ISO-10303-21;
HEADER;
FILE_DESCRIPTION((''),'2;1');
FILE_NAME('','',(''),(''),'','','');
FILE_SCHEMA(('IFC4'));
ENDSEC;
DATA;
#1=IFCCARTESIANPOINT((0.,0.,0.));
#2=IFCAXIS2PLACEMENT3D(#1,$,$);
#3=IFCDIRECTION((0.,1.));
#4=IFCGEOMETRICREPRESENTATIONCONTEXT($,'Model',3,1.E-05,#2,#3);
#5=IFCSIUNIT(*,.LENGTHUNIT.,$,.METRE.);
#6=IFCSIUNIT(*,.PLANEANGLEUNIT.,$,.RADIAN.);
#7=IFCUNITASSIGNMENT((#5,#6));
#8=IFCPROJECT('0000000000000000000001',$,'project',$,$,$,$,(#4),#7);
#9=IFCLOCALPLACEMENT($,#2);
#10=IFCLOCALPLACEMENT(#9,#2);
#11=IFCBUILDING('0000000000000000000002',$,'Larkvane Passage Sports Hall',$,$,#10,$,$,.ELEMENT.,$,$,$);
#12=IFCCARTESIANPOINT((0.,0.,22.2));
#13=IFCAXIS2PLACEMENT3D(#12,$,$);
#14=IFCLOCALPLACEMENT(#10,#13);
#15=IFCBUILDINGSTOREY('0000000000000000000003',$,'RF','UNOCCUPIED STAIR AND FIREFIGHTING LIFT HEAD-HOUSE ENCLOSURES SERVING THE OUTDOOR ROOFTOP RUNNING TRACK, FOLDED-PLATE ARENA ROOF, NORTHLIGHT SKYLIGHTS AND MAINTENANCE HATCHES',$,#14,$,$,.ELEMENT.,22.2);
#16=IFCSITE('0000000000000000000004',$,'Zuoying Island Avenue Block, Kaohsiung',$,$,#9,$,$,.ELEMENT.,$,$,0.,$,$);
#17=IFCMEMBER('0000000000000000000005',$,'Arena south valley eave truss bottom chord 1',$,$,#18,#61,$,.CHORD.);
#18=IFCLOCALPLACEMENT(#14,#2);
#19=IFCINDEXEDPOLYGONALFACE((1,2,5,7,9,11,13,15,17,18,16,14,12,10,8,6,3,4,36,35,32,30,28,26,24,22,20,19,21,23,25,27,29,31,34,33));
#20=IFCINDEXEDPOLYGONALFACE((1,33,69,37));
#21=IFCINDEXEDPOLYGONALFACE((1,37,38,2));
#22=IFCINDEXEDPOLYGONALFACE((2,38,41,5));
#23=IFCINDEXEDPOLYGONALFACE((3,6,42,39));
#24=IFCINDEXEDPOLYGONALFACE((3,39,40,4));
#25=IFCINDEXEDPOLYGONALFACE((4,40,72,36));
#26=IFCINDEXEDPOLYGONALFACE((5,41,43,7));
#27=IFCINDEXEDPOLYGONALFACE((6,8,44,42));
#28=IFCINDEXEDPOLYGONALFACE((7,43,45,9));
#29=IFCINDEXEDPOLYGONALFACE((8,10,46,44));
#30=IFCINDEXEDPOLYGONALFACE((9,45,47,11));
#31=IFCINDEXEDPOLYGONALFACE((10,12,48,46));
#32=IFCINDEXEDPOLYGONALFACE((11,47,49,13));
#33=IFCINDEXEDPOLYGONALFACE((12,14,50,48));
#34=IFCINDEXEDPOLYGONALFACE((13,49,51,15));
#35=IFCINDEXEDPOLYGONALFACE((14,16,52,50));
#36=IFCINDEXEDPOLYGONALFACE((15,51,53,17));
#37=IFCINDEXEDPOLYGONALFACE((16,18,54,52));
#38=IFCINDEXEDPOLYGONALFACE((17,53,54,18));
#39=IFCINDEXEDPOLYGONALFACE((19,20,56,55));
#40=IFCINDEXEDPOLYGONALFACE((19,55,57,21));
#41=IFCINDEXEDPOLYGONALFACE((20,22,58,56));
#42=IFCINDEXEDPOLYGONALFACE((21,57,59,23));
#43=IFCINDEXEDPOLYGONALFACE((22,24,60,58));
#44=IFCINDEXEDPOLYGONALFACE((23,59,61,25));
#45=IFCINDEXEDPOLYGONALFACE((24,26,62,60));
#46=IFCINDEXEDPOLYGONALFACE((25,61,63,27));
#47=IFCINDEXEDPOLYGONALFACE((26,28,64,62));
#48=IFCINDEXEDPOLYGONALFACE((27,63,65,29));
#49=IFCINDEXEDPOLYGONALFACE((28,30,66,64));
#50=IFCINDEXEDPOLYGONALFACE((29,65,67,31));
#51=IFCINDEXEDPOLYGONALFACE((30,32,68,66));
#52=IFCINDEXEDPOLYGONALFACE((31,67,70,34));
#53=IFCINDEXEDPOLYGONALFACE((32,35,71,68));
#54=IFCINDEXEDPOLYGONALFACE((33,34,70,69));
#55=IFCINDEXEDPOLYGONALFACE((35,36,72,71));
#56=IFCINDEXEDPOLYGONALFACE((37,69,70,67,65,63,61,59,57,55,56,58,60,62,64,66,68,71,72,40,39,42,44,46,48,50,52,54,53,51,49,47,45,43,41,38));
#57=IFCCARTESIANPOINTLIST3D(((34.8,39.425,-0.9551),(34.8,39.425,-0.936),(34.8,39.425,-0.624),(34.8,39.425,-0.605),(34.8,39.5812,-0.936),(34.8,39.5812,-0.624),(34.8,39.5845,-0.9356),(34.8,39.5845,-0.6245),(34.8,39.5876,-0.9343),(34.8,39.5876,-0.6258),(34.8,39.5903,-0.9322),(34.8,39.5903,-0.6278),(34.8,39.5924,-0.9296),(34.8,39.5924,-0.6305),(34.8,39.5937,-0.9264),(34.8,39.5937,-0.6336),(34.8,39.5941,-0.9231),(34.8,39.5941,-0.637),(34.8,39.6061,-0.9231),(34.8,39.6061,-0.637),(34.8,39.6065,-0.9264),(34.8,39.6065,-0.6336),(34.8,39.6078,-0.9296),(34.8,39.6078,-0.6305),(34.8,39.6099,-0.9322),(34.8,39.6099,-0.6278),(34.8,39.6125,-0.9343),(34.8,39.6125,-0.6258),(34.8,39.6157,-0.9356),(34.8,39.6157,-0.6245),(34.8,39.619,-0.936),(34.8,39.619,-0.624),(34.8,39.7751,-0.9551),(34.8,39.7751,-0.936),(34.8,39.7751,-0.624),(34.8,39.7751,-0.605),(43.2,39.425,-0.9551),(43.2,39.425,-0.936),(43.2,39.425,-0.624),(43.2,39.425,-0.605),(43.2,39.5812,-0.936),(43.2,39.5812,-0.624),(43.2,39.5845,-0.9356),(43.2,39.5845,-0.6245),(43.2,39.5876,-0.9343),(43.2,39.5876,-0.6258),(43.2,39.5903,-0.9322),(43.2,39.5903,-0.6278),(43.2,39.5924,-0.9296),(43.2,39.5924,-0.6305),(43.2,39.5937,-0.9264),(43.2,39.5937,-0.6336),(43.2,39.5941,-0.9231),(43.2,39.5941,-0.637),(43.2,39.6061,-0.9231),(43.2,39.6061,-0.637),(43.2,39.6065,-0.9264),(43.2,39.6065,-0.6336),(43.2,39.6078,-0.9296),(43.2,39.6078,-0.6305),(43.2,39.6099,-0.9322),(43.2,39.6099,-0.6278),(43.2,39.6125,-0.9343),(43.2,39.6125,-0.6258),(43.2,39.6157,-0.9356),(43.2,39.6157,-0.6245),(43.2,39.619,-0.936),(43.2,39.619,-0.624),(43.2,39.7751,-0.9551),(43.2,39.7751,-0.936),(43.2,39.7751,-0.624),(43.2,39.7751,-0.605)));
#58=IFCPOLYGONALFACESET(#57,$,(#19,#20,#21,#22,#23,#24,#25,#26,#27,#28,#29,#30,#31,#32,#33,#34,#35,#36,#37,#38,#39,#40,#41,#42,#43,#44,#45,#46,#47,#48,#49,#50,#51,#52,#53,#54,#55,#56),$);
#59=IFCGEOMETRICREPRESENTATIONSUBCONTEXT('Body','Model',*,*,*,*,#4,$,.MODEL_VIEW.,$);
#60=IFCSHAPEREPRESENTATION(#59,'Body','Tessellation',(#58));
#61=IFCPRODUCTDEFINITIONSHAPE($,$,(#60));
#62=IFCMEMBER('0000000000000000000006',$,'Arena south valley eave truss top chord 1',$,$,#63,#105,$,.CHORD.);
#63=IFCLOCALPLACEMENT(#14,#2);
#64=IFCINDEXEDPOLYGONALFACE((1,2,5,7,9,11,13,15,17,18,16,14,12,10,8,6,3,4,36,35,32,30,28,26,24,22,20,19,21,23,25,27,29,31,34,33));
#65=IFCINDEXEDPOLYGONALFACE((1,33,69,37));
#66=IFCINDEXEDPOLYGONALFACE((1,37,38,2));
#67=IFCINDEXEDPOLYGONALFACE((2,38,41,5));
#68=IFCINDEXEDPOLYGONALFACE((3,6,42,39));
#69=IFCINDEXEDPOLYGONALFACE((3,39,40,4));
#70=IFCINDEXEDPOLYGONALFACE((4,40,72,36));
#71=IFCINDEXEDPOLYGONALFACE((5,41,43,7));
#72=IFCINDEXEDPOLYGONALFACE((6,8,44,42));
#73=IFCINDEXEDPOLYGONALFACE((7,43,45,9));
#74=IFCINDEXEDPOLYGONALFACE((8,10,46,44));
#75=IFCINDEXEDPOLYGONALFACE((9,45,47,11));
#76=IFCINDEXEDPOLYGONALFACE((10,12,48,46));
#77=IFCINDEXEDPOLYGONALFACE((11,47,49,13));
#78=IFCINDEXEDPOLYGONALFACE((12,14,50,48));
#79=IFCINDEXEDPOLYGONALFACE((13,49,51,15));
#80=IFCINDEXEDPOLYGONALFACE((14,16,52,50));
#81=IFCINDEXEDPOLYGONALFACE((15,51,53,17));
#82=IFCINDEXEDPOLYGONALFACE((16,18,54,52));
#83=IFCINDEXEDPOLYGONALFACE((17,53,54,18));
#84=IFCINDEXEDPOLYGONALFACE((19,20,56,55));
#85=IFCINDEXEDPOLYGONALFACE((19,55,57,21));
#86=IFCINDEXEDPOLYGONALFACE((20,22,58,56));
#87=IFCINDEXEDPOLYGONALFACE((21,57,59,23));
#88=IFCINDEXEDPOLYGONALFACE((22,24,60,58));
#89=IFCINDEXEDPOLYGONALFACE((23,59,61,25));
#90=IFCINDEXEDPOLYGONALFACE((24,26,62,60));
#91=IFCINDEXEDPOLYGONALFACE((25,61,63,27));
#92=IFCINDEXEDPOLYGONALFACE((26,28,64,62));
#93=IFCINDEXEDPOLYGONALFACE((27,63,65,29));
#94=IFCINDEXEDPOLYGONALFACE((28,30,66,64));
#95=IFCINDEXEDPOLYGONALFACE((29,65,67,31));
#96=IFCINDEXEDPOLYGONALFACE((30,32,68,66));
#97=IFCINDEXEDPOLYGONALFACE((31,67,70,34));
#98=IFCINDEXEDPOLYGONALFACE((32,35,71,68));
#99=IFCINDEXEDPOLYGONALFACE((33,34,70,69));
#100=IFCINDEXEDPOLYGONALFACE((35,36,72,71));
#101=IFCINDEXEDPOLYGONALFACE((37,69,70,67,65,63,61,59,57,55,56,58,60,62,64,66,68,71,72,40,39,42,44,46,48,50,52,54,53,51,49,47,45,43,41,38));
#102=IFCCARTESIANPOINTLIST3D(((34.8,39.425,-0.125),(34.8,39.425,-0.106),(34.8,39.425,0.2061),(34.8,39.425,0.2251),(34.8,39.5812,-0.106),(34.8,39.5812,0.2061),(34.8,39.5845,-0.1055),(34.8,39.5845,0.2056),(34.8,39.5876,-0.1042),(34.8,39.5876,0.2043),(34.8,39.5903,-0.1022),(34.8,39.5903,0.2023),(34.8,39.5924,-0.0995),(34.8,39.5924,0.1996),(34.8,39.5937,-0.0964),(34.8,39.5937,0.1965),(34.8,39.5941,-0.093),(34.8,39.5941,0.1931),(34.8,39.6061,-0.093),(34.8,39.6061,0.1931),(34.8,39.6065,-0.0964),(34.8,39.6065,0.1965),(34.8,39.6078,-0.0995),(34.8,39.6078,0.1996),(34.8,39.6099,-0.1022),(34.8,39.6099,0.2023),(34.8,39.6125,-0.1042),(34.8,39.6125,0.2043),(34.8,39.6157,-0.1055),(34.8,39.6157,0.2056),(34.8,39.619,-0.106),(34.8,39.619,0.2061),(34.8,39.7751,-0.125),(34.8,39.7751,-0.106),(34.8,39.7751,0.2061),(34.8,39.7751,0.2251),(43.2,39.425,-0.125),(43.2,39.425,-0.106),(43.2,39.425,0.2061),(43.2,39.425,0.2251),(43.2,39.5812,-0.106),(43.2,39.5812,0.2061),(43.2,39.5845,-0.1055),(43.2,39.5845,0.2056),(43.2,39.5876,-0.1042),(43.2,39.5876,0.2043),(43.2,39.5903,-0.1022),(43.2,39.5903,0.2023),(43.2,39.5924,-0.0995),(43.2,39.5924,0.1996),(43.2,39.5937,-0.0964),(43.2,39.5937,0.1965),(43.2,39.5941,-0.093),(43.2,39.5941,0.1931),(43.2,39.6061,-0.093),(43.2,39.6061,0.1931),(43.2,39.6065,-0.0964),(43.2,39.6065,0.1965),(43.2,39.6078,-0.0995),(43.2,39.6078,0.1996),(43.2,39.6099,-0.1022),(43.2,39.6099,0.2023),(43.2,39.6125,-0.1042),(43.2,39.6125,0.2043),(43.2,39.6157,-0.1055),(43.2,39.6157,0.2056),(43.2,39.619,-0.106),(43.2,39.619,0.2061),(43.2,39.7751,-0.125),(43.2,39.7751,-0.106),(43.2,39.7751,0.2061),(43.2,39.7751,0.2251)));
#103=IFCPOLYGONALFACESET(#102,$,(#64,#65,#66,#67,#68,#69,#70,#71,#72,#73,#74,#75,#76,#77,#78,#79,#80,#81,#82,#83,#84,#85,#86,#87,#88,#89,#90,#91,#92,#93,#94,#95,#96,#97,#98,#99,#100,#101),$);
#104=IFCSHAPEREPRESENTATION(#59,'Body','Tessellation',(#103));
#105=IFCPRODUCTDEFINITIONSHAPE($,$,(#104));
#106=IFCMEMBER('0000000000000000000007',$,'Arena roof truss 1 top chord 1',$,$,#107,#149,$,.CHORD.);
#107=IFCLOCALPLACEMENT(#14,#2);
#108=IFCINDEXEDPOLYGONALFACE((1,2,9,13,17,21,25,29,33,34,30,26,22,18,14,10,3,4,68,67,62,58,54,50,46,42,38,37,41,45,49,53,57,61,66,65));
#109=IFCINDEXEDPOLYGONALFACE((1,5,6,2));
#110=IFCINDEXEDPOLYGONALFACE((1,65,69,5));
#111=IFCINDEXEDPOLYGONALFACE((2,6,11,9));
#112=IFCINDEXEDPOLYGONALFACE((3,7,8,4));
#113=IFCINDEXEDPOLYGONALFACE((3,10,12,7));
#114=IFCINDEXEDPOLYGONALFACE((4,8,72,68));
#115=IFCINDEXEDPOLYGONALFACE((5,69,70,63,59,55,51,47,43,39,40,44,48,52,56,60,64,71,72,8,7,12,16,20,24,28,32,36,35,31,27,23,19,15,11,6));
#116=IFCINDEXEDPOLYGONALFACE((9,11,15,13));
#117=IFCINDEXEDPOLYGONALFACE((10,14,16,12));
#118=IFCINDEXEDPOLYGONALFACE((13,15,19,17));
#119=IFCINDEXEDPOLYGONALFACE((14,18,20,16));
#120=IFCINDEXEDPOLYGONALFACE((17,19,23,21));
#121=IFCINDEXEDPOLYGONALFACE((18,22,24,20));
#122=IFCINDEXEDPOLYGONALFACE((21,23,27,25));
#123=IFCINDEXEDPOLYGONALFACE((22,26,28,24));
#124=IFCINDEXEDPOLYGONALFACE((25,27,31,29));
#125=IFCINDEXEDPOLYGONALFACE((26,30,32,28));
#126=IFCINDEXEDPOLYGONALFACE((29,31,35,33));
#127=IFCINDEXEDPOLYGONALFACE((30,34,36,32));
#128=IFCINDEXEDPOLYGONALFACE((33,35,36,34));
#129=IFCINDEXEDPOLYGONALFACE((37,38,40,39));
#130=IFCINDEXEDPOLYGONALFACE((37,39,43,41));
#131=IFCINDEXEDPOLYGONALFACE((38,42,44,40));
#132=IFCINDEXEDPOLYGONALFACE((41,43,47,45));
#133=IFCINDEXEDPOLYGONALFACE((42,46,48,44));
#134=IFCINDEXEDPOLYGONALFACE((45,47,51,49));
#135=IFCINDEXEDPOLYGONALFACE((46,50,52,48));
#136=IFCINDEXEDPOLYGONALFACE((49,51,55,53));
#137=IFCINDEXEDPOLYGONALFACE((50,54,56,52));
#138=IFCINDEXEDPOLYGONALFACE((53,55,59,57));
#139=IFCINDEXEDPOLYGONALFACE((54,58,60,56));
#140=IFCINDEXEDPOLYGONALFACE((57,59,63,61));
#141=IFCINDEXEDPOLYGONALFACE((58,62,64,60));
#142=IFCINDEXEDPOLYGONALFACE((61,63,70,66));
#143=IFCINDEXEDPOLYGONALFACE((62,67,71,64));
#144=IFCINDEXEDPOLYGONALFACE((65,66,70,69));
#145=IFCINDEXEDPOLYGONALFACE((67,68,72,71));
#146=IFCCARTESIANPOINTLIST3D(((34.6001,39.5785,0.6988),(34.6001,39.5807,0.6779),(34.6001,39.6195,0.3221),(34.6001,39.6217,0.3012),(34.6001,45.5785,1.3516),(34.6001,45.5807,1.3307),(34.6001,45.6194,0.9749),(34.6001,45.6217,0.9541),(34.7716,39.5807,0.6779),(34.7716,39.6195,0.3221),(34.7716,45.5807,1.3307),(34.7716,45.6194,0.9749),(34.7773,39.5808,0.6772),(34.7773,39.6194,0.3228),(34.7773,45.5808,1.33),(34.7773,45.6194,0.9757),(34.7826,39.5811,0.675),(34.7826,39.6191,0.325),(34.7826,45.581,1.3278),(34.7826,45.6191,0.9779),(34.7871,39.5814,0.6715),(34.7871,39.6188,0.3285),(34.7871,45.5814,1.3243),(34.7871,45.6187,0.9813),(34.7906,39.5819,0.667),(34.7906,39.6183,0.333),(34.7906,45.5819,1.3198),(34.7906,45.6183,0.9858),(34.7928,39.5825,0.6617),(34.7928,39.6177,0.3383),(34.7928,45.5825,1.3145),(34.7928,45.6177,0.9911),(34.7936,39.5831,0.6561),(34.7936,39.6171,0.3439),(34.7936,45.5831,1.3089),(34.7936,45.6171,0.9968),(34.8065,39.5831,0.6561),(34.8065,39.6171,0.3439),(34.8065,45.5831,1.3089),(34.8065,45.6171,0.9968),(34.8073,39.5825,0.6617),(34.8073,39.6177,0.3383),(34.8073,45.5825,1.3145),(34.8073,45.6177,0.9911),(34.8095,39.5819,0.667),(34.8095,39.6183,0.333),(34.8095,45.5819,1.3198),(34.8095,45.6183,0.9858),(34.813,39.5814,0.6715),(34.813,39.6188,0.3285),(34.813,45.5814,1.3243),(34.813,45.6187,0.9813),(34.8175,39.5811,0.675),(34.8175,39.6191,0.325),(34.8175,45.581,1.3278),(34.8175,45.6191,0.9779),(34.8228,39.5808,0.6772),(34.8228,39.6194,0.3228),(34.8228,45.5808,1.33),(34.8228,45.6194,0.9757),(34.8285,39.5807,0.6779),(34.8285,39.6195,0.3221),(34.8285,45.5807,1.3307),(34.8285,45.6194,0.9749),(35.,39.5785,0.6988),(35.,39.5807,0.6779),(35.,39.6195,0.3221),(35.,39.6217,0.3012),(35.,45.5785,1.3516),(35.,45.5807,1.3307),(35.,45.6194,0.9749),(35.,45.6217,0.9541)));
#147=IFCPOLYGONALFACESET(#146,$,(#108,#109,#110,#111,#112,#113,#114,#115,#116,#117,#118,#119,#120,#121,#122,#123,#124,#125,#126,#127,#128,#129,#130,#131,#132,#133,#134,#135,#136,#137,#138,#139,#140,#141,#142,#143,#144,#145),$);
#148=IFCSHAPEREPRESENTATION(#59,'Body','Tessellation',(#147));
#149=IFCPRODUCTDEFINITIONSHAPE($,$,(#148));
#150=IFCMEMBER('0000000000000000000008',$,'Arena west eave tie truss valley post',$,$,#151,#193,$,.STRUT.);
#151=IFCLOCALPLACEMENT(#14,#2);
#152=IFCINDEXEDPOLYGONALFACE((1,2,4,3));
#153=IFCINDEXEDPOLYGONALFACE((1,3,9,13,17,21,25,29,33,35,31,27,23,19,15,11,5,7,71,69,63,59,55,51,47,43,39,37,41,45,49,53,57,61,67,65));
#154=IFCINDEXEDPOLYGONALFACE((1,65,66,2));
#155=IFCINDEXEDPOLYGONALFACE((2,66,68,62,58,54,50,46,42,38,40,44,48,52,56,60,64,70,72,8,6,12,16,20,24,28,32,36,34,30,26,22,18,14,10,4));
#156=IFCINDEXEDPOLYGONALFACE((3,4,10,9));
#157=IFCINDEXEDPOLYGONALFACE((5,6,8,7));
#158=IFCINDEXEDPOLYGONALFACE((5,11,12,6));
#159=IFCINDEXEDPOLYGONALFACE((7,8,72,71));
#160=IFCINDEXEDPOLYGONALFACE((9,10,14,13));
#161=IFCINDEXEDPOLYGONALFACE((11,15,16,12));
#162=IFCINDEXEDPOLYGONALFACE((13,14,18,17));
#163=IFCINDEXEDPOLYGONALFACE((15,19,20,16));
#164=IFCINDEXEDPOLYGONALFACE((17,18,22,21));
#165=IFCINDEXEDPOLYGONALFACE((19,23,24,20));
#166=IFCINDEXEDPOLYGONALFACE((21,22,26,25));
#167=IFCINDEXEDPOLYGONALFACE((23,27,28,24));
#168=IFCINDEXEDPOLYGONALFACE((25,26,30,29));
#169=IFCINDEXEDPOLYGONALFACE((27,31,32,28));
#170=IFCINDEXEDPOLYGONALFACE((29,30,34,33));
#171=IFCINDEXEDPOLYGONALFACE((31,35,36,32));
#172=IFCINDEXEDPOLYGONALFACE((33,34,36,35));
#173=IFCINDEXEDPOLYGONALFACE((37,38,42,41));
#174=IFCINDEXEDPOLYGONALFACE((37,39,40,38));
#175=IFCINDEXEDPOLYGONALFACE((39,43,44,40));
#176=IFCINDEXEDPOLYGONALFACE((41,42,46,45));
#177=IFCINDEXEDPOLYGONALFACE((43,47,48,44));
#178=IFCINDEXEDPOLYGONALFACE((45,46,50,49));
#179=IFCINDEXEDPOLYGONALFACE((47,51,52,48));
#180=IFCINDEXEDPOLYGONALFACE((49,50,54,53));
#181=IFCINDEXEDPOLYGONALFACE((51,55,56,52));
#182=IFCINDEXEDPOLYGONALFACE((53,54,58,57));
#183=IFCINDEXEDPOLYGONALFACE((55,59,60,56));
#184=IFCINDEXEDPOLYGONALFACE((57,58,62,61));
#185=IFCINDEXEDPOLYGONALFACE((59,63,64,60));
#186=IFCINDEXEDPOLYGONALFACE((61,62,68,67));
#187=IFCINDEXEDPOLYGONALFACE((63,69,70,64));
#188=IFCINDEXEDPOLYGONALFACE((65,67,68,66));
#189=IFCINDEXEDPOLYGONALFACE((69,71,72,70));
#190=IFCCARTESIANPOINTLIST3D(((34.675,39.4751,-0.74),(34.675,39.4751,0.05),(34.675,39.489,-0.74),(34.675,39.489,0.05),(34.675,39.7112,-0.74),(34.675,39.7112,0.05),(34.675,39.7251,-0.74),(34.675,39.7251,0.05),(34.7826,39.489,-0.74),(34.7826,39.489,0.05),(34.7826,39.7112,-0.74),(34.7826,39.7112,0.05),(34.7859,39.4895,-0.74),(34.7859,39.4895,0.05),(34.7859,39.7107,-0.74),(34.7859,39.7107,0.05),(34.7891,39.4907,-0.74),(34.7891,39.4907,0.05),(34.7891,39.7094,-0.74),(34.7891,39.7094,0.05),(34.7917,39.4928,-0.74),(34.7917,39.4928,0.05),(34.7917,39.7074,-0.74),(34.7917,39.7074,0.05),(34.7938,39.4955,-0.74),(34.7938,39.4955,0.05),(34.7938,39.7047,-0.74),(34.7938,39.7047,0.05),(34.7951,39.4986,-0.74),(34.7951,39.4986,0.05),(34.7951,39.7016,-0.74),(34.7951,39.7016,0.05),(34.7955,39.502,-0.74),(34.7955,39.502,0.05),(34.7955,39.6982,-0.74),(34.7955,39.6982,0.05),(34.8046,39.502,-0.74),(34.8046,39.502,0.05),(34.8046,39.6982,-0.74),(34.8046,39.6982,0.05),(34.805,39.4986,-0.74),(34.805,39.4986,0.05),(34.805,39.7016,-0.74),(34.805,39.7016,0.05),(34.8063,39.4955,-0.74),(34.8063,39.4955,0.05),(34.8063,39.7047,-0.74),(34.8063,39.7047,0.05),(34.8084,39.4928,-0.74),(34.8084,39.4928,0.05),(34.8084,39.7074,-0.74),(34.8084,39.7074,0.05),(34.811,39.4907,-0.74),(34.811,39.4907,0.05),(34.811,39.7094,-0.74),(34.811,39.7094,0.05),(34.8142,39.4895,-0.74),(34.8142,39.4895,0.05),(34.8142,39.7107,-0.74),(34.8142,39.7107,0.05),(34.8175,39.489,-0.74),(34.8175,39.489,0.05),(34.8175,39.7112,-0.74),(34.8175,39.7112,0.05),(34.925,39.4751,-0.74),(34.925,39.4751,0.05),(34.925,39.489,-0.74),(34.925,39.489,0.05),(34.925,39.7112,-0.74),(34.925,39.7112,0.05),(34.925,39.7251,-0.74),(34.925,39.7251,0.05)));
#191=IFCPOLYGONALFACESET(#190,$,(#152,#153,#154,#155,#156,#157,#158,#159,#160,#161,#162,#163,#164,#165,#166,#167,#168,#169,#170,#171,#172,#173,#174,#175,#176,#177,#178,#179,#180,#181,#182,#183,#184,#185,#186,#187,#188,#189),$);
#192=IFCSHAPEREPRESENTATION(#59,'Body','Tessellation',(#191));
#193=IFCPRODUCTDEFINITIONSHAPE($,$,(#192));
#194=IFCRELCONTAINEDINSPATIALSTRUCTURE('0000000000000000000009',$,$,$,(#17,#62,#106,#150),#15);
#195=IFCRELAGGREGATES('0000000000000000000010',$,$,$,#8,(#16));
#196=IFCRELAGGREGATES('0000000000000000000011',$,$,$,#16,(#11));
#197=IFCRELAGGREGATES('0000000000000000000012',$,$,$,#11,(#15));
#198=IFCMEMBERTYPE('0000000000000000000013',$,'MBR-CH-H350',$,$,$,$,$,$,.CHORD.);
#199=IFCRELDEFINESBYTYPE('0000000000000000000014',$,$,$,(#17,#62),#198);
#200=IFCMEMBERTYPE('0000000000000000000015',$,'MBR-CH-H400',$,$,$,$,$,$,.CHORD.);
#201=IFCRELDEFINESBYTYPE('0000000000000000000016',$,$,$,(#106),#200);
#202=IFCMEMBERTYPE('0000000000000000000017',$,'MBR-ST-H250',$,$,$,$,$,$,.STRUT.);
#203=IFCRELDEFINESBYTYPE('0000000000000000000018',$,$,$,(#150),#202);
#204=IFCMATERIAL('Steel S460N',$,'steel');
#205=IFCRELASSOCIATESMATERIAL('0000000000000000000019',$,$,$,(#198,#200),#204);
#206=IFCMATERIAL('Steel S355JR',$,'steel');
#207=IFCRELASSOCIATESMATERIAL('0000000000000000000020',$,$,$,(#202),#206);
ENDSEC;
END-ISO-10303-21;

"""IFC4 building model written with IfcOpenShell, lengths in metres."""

from ifc_helpers import new_model, si_unit, direction, frame, origin, origin_2d, place, context, subcontext, project, spatial, i_section, extrude, material, material_profile, profile_set, type_object, element, save


model = new_model("IFC4")

# Units and contexts
model_context = context("Model", 3, precision=1e-05, world=origin(), true_north=direction((0.0, 1.0)))
body_context = subcontext(model_context, "Body", "Model", "MODEL_VIEW")
ifc_project = project(units=[si_unit("LENGTHUNIT", "METRE"), si_unit("PLANEANGLEUNIT", "RADIAN")], contexts=[model_context])

# Site, building, storey
site_placement = place(None, origin())
site = spatial("IfcSite", under=ifc_project, at=site_placement, Name="Zuoying Island Avenue Block, Kaohsiung", CompositionType="ELEMENT", RefElevation=0.0)
building_placement = place(site_placement, origin())
building = spatial("IfcBuilding", under=site, at=building_placement, Name="Larkvane Passage Sports Hall", CompositionType="ELEMENT")
storey_placement = place(building_placement, frame((0.0, 0.0, 22.2)))
storey = spatial("IfcBuildingStorey", under=building, at=storey_placement, Name="RF", Description="UNOCCUPIED STAIR AND FIREFIGHTING LIFT HEAD-HOUSE ENCLOSURES SERVING THE OUTDOOR ROOFTOP RUNNING TRACK, FOLDED-PLATE ARENA ROOF, NORTHLIGHT SKYLIGHTS AND MAINTENANCE HATCHES", CompositionType="ELEMENT", Elevation=22.2)

# Shared definitions
ifc_material_1 = material(Name="Steel S355JR", Category="steel")

# Members
ifc_material_2 = material(Name="Steel S460N", Category="steel")
ifc_material_profile_1 = material_profile(ifc_material_2, i_section(OverallWidth=0.3501, OverallDepth=0.3501, WebThickness=0.012, FlangeThickness=0.019, FilletRadius=0.0129, at=origin_2d()), Name="H-350x350x12x19")
ifc_profile_set_1 = profile_set([ifc_material_profile_1], Name="Steel S460N")
member_type_1 = type_object("IfcMemberType", Name="MBR-CH-H350", PredefinedType="CHORD", material=ifc_profile_set_1)
for number, where, z_axis, x_axis, name in (
    (1, (34.8, 39.6001, -0.78), (1.0, 0.0, 0.0), (0.0, 1.0, 0.0), "Arena south valley eave truss bottom chord 1"),
    (2, (34.8, 39.6001, 0.05), (1.0, 0.0, 0.0), (0.0, 1.0, 0.0), "Arena south valley eave truss top chord 1"),
):
    element("IfcMember", number, at=place(storey_placement, frame(where, z_axis=z_axis, x_axis=x_axis)), inside=storey, type_object=member_type_1, Name=name, PredefinedType="CHORD", context=body_context, shape_type="SweptSolid", body=[
        extrude(i_section(OverallWidth=0.3501, OverallDepth=0.3501, WebThickness=0.012, FlangeThickness=0.019, FilletRadius=0.0129, at=origin_2d()), origin(), (0.0, 0.0, 1.0), 8.3999),
    ])
ifc_material_profile_2 = material_profile(ifc_material_2, i_section(OverallWidth=0.3999, OverallDepth=0.3999, WebThickness=0.0129, FlangeThickness=0.021, FilletRadius=0.022, at=origin_2d()), Name="H-400x400x13x21")
ifc_profile_set_2 = profile_set([ifc_material_profile_2], Name="Steel S460N")
member_type_2 = type_object("IfcMemberType", Name="MBR-CH-H400", PredefinedType="CHORD", material=ifc_profile_set_2)
member_1_placement = place(storey_placement, frame((34.8, 39.6001, 0.5), z_axis=(0.0, 0.994133, 0.108167), x_axis=(-1.0, 0.0, 0.0)))
element("IfcMember", 3, at=member_1_placement, inside=storey, type_object=member_type_2, Name="Arena roof truss 1 top chord 1", PredefinedType="CHORD", context=body_context, shape_type="SweptSolid", body=[
    extrude(i_section(OverallWidth=0.3999, OverallDepth=0.3999, WebThickness=0.0129, FlangeThickness=0.021, FilletRadius=0.022, at=origin_2d()), origin(), (0.0, 0.0, 1.0), 6.0354),
])
ifc_material_profile_3 = material_profile(ifc_material_1, i_section(OverallWidth=0.25, OverallDepth=0.25, WebThickness=0.009, FlangeThickness=0.0139, FilletRadius=0.0129, at=origin_2d()), Name="H-250x250x9x14")
ifc_profile_set_3 = profile_set([ifc_material_profile_3], Name="Steel S355JR")
member_type_3 = type_object("IfcMemberType", Name="MBR-ST-H250", PredefinedType="STRUT", material=ifc_profile_set_3)
member_2_placement = place(storey_placement, frame((34.8, 39.6001, -0.74), z_axis=(0.0, 0.0, 1.0), x_axis=(1.0, 0.0, 0.0)))
element("IfcMember", 4, at=member_2_placement, inside=storey, type_object=member_type_3, Name="Arena west eave tie truss valley post", PredefinedType="STRUT", context=body_context, shape_type="SweptSolid", body=[
    extrude(i_section(OverallWidth=0.25, OverallDepth=0.25, WebThickness=0.009, FlangeThickness=0.0139, FilletRadius=0.0129, at=origin_2d()), origin(), (0.0, 0.0, 1.0), 0.79),
])

save(model, "model.ifc")
